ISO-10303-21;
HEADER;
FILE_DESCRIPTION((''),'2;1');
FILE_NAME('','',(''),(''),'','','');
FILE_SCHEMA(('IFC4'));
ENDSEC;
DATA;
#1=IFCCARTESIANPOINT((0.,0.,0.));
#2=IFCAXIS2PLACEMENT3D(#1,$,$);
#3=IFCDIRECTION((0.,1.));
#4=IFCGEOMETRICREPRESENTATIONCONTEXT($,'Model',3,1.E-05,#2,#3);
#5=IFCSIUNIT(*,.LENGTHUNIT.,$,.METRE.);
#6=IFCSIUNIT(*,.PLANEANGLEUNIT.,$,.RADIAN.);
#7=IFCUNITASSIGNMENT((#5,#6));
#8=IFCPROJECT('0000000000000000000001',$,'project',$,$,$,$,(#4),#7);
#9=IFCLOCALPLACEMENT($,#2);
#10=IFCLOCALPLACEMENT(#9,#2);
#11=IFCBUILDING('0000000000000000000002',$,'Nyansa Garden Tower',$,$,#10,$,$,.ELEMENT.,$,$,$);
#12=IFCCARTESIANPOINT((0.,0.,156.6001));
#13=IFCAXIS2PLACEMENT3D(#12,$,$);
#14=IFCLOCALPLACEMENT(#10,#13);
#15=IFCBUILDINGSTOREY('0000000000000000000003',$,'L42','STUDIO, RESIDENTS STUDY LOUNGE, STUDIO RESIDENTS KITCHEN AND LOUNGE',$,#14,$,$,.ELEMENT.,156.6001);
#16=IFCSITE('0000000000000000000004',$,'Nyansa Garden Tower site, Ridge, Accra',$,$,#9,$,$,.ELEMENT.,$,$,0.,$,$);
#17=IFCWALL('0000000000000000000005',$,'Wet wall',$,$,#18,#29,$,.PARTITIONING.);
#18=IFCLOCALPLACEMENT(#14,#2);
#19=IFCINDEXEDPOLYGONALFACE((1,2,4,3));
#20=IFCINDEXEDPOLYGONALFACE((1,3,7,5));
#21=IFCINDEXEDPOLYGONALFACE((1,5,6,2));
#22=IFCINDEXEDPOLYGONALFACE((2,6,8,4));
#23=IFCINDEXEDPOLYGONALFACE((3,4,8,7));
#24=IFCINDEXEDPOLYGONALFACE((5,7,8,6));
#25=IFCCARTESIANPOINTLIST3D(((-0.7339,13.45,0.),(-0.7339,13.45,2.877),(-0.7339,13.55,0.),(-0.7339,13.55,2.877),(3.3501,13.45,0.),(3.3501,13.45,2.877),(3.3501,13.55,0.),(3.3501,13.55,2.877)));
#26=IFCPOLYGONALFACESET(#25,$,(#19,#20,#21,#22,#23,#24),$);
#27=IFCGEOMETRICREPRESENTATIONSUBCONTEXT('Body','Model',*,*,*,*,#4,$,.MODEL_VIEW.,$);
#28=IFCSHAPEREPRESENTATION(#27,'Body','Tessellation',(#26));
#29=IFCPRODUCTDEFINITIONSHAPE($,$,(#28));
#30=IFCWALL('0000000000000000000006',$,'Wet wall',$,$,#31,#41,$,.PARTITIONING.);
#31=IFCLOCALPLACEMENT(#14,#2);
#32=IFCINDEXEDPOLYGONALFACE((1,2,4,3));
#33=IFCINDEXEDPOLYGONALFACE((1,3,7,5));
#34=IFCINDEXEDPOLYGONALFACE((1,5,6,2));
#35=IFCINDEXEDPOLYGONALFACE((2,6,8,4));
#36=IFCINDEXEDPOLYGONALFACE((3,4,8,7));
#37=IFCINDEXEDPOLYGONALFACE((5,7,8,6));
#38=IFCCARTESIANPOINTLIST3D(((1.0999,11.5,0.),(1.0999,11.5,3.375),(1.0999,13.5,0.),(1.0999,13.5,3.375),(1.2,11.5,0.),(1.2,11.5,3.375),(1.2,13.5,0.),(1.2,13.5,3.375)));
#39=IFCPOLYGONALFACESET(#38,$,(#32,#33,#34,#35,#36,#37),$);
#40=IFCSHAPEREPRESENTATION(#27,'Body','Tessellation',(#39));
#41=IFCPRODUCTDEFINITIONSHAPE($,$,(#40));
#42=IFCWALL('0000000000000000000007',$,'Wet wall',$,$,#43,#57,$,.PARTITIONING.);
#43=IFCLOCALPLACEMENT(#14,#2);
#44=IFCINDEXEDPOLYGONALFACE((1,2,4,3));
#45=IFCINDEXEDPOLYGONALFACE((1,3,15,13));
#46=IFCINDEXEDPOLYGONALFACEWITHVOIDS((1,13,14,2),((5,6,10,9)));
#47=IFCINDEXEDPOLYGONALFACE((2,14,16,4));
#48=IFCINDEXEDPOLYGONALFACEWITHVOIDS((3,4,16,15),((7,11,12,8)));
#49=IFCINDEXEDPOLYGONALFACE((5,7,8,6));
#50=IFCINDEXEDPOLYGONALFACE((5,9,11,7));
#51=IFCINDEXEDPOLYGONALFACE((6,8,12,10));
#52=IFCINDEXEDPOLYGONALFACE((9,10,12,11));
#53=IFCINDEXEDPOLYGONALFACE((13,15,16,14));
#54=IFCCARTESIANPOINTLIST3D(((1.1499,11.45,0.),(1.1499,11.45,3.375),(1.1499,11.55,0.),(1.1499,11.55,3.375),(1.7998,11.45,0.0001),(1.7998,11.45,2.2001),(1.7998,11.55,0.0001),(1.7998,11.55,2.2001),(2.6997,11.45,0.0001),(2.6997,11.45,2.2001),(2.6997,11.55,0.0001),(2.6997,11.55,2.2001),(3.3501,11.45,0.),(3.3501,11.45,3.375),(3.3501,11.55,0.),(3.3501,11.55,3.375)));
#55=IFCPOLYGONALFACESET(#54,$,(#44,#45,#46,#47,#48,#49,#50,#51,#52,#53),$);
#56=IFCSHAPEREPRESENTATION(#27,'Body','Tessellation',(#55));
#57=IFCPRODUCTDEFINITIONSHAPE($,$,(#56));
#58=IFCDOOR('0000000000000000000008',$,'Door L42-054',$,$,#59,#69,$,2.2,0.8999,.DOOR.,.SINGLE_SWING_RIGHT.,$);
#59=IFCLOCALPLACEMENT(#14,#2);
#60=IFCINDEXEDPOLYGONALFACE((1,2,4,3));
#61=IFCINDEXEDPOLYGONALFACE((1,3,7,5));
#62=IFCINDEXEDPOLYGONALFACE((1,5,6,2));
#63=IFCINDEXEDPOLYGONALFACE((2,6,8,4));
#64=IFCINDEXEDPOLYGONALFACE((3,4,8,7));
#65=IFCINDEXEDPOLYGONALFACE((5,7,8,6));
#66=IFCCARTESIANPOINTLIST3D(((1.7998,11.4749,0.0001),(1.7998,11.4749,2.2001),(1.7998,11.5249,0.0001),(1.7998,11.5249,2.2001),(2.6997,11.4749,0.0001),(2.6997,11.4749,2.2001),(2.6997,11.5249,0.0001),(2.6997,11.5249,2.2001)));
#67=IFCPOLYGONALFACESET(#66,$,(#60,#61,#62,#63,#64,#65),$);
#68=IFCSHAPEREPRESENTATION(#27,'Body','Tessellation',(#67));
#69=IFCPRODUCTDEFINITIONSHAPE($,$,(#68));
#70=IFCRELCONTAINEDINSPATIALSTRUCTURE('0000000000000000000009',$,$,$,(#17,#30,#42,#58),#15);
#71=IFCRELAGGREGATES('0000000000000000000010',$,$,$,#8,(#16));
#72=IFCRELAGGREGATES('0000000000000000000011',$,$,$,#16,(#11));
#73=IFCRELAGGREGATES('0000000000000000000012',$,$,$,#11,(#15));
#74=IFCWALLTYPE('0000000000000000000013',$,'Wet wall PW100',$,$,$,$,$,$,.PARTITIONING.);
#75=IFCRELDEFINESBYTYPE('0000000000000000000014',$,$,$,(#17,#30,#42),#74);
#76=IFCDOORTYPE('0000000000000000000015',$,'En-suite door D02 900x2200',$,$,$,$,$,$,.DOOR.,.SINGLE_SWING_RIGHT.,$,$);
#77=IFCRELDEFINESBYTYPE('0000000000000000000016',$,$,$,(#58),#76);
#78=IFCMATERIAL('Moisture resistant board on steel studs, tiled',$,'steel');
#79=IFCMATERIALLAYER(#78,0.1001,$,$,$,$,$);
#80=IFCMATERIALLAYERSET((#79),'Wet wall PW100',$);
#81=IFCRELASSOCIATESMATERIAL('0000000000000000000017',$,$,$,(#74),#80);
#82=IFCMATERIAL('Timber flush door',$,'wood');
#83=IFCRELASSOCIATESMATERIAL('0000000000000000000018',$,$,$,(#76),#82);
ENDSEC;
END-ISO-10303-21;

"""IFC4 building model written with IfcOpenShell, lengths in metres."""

from ifc_helpers import new_model, si_unit, direction, frame, frame_2d, origin, place, context, subcontext, project, spatial, rectangle, extrude, material, layer, layer_set, type_object, element, fill, save


model = new_model("IFC4")

# Units and contexts
model_context = context("Model", 3, precision=1e-05, world=origin(), true_north=direction((0.0, 1.0)))
body_context = subcontext(model_context, "Body", "Model", "MODEL_VIEW")
ifc_project = project(units=[si_unit("LENGTHUNIT", "METRE"), si_unit("PLANEANGLEUNIT", "RADIAN")], contexts=[model_context])

# Site, building, storey
site_placement = place(None, origin())
site = spatial("IfcSite", under=ifc_project, at=site_placement, Name="Nyansa Garden Tower site, Ridge, Accra", CompositionType="ELEMENT", RefElevation=0.0)
building_placement = place(site_placement, origin())
building = spatial("IfcBuilding", under=site, at=building_placement, Name="Nyansa Garden Tower", CompositionType="ELEMENT")
storey_placement = place(building_placement, frame((0.0, 0.0, 156.6001)))
storey = spatial("IfcBuildingStorey", under=building, at=storey_placement, Name="L42", Description="STUDIO, RESIDENTS STUDY LOUNGE, STUDIO RESIDENTS KITCHEN AND LOUNGE", CompositionType="ELEMENT", Elevation=156.6001)

# Walls
ifc_material_1 = material(Name="Moisture resistant board on steel studs, tiled", Category="steel")
ifc_layer_1 = layer(ifc_material_1, 0.1001)
ifc_layer_set_1 = layer_set([ifc_layer_1], Name="Wet wall PW100")
wall_type_1 = type_object("IfcWallType", Name="Wet wall PW100", PredefinedType="PARTITIONING", material=ifc_layer_set_1)
wall_1_placement = place(storey_placement, frame((-0.7339, 13.5, 0.0), z_axis=(0.0, 0.0, 1.0), x_axis=(1.0, 0.0, 0.0)))
element("IfcWall", 1, at=wall_1_placement, inside=storey, type_object=wall_type_1, Name="Wet wall", PredefinedType="PARTITIONING", context=body_context, shape_type="SweptSolid", body=[
    extrude(rectangle(XDim=4.084, YDim=0.1001, at=frame_2d((2.042, 0.0))), origin(), (0.0, 0.0, 1.0), 2.877),
])
wall_2_placement = place(storey_placement, frame((1.1499, 11.5, 0.0), z_axis=(0.0, 0.0, 1.0), x_axis=(0.0, 1.0, 0.0)))
element("IfcWall", 2, at=wall_2_placement, inside=storey, type_object=wall_type_1, Name="Wet wall", PredefinedType="PARTITIONING", context=body_context, shape_type="SweptSolid", body=[
    extrude(rectangle(XDim=2.0, YDim=0.1001, at=frame_2d((1.0, 0.0))), origin(), (0.0, 0.0, 1.0), 3.375),
])

# Wall, opening, door
wall_3_placement = place(storey_placement, frame((1.1499, 11.5, 0.0), z_axis=(0.0, 0.0, 1.0), x_axis=(1.0, 0.0, 0.0)))
wall_3 = element("IfcWall", 3, at=wall_3_placement, inside=storey, type_object=wall_type_1, Name="Wet wall", PredefinedType="PARTITIONING", context=body_context, shape_type="SweptSolid", body=[
    extrude(rectangle(XDim=2.2002, YDim=0.1001, at=frame_2d((1.1001, 0.0))), origin(), (0.0, 0.0, 1.0), 3.375),
])
opening_1_placement = place(wall_3_placement, frame((0.6499, 0.0, 0.0)))
opening_1 = element("IfcOpeningElement", 4, at=opening_1_placement, cuts=wall_3, PredefinedType="OPENING", context=body_context, shape_type="SweptSolid", body=[
    extrude(rectangle(XDim=0.8999, YDim=2.2, at=frame_2d((0.45, 1.1001))), frame((0.0, 0.0601, 0.0), z_axis=(0.0, -1.0, 0.0), x_axis=(1.0, 0.0, 0.0)), (0.0, 0.0, 1.0), 0.1201),
])
ifc_material_2 = material(Name="Timber flush door", Category="wood")
door_type_1 = type_object("IfcDoorType", Name="En-suite door D02 900x2200", OperationType="SINGLE_SWING_RIGHT", PredefinedType="DOOR", material=ifc_material_2)
door_1_placement = place(opening_1_placement, origin())
door_1 = element("IfcDoor", 5, at=door_1_placement, inside=storey, type_object=door_type_1, Name="Door L42-054", OperationType="SINGLE_SWING_RIGHT", OverallHeight=2.2, OverallWidth=0.8999, PredefinedType="DOOR", context=body_context, shape_type="SweptSolid", body=[
    extrude(rectangle(XDim=0.8999, YDim=2.2, at=frame_2d((0.45, 1.1001))), frame((0.0, 0.0249, 0.0), z_axis=(0.0, -1.0, 0.0), x_axis=(1.0, 0.0, 0.0)), (0.0, 0.0, 1.0), 0.05),
])
fill(opening_1, door_1)

save(model, "model.ifc")
